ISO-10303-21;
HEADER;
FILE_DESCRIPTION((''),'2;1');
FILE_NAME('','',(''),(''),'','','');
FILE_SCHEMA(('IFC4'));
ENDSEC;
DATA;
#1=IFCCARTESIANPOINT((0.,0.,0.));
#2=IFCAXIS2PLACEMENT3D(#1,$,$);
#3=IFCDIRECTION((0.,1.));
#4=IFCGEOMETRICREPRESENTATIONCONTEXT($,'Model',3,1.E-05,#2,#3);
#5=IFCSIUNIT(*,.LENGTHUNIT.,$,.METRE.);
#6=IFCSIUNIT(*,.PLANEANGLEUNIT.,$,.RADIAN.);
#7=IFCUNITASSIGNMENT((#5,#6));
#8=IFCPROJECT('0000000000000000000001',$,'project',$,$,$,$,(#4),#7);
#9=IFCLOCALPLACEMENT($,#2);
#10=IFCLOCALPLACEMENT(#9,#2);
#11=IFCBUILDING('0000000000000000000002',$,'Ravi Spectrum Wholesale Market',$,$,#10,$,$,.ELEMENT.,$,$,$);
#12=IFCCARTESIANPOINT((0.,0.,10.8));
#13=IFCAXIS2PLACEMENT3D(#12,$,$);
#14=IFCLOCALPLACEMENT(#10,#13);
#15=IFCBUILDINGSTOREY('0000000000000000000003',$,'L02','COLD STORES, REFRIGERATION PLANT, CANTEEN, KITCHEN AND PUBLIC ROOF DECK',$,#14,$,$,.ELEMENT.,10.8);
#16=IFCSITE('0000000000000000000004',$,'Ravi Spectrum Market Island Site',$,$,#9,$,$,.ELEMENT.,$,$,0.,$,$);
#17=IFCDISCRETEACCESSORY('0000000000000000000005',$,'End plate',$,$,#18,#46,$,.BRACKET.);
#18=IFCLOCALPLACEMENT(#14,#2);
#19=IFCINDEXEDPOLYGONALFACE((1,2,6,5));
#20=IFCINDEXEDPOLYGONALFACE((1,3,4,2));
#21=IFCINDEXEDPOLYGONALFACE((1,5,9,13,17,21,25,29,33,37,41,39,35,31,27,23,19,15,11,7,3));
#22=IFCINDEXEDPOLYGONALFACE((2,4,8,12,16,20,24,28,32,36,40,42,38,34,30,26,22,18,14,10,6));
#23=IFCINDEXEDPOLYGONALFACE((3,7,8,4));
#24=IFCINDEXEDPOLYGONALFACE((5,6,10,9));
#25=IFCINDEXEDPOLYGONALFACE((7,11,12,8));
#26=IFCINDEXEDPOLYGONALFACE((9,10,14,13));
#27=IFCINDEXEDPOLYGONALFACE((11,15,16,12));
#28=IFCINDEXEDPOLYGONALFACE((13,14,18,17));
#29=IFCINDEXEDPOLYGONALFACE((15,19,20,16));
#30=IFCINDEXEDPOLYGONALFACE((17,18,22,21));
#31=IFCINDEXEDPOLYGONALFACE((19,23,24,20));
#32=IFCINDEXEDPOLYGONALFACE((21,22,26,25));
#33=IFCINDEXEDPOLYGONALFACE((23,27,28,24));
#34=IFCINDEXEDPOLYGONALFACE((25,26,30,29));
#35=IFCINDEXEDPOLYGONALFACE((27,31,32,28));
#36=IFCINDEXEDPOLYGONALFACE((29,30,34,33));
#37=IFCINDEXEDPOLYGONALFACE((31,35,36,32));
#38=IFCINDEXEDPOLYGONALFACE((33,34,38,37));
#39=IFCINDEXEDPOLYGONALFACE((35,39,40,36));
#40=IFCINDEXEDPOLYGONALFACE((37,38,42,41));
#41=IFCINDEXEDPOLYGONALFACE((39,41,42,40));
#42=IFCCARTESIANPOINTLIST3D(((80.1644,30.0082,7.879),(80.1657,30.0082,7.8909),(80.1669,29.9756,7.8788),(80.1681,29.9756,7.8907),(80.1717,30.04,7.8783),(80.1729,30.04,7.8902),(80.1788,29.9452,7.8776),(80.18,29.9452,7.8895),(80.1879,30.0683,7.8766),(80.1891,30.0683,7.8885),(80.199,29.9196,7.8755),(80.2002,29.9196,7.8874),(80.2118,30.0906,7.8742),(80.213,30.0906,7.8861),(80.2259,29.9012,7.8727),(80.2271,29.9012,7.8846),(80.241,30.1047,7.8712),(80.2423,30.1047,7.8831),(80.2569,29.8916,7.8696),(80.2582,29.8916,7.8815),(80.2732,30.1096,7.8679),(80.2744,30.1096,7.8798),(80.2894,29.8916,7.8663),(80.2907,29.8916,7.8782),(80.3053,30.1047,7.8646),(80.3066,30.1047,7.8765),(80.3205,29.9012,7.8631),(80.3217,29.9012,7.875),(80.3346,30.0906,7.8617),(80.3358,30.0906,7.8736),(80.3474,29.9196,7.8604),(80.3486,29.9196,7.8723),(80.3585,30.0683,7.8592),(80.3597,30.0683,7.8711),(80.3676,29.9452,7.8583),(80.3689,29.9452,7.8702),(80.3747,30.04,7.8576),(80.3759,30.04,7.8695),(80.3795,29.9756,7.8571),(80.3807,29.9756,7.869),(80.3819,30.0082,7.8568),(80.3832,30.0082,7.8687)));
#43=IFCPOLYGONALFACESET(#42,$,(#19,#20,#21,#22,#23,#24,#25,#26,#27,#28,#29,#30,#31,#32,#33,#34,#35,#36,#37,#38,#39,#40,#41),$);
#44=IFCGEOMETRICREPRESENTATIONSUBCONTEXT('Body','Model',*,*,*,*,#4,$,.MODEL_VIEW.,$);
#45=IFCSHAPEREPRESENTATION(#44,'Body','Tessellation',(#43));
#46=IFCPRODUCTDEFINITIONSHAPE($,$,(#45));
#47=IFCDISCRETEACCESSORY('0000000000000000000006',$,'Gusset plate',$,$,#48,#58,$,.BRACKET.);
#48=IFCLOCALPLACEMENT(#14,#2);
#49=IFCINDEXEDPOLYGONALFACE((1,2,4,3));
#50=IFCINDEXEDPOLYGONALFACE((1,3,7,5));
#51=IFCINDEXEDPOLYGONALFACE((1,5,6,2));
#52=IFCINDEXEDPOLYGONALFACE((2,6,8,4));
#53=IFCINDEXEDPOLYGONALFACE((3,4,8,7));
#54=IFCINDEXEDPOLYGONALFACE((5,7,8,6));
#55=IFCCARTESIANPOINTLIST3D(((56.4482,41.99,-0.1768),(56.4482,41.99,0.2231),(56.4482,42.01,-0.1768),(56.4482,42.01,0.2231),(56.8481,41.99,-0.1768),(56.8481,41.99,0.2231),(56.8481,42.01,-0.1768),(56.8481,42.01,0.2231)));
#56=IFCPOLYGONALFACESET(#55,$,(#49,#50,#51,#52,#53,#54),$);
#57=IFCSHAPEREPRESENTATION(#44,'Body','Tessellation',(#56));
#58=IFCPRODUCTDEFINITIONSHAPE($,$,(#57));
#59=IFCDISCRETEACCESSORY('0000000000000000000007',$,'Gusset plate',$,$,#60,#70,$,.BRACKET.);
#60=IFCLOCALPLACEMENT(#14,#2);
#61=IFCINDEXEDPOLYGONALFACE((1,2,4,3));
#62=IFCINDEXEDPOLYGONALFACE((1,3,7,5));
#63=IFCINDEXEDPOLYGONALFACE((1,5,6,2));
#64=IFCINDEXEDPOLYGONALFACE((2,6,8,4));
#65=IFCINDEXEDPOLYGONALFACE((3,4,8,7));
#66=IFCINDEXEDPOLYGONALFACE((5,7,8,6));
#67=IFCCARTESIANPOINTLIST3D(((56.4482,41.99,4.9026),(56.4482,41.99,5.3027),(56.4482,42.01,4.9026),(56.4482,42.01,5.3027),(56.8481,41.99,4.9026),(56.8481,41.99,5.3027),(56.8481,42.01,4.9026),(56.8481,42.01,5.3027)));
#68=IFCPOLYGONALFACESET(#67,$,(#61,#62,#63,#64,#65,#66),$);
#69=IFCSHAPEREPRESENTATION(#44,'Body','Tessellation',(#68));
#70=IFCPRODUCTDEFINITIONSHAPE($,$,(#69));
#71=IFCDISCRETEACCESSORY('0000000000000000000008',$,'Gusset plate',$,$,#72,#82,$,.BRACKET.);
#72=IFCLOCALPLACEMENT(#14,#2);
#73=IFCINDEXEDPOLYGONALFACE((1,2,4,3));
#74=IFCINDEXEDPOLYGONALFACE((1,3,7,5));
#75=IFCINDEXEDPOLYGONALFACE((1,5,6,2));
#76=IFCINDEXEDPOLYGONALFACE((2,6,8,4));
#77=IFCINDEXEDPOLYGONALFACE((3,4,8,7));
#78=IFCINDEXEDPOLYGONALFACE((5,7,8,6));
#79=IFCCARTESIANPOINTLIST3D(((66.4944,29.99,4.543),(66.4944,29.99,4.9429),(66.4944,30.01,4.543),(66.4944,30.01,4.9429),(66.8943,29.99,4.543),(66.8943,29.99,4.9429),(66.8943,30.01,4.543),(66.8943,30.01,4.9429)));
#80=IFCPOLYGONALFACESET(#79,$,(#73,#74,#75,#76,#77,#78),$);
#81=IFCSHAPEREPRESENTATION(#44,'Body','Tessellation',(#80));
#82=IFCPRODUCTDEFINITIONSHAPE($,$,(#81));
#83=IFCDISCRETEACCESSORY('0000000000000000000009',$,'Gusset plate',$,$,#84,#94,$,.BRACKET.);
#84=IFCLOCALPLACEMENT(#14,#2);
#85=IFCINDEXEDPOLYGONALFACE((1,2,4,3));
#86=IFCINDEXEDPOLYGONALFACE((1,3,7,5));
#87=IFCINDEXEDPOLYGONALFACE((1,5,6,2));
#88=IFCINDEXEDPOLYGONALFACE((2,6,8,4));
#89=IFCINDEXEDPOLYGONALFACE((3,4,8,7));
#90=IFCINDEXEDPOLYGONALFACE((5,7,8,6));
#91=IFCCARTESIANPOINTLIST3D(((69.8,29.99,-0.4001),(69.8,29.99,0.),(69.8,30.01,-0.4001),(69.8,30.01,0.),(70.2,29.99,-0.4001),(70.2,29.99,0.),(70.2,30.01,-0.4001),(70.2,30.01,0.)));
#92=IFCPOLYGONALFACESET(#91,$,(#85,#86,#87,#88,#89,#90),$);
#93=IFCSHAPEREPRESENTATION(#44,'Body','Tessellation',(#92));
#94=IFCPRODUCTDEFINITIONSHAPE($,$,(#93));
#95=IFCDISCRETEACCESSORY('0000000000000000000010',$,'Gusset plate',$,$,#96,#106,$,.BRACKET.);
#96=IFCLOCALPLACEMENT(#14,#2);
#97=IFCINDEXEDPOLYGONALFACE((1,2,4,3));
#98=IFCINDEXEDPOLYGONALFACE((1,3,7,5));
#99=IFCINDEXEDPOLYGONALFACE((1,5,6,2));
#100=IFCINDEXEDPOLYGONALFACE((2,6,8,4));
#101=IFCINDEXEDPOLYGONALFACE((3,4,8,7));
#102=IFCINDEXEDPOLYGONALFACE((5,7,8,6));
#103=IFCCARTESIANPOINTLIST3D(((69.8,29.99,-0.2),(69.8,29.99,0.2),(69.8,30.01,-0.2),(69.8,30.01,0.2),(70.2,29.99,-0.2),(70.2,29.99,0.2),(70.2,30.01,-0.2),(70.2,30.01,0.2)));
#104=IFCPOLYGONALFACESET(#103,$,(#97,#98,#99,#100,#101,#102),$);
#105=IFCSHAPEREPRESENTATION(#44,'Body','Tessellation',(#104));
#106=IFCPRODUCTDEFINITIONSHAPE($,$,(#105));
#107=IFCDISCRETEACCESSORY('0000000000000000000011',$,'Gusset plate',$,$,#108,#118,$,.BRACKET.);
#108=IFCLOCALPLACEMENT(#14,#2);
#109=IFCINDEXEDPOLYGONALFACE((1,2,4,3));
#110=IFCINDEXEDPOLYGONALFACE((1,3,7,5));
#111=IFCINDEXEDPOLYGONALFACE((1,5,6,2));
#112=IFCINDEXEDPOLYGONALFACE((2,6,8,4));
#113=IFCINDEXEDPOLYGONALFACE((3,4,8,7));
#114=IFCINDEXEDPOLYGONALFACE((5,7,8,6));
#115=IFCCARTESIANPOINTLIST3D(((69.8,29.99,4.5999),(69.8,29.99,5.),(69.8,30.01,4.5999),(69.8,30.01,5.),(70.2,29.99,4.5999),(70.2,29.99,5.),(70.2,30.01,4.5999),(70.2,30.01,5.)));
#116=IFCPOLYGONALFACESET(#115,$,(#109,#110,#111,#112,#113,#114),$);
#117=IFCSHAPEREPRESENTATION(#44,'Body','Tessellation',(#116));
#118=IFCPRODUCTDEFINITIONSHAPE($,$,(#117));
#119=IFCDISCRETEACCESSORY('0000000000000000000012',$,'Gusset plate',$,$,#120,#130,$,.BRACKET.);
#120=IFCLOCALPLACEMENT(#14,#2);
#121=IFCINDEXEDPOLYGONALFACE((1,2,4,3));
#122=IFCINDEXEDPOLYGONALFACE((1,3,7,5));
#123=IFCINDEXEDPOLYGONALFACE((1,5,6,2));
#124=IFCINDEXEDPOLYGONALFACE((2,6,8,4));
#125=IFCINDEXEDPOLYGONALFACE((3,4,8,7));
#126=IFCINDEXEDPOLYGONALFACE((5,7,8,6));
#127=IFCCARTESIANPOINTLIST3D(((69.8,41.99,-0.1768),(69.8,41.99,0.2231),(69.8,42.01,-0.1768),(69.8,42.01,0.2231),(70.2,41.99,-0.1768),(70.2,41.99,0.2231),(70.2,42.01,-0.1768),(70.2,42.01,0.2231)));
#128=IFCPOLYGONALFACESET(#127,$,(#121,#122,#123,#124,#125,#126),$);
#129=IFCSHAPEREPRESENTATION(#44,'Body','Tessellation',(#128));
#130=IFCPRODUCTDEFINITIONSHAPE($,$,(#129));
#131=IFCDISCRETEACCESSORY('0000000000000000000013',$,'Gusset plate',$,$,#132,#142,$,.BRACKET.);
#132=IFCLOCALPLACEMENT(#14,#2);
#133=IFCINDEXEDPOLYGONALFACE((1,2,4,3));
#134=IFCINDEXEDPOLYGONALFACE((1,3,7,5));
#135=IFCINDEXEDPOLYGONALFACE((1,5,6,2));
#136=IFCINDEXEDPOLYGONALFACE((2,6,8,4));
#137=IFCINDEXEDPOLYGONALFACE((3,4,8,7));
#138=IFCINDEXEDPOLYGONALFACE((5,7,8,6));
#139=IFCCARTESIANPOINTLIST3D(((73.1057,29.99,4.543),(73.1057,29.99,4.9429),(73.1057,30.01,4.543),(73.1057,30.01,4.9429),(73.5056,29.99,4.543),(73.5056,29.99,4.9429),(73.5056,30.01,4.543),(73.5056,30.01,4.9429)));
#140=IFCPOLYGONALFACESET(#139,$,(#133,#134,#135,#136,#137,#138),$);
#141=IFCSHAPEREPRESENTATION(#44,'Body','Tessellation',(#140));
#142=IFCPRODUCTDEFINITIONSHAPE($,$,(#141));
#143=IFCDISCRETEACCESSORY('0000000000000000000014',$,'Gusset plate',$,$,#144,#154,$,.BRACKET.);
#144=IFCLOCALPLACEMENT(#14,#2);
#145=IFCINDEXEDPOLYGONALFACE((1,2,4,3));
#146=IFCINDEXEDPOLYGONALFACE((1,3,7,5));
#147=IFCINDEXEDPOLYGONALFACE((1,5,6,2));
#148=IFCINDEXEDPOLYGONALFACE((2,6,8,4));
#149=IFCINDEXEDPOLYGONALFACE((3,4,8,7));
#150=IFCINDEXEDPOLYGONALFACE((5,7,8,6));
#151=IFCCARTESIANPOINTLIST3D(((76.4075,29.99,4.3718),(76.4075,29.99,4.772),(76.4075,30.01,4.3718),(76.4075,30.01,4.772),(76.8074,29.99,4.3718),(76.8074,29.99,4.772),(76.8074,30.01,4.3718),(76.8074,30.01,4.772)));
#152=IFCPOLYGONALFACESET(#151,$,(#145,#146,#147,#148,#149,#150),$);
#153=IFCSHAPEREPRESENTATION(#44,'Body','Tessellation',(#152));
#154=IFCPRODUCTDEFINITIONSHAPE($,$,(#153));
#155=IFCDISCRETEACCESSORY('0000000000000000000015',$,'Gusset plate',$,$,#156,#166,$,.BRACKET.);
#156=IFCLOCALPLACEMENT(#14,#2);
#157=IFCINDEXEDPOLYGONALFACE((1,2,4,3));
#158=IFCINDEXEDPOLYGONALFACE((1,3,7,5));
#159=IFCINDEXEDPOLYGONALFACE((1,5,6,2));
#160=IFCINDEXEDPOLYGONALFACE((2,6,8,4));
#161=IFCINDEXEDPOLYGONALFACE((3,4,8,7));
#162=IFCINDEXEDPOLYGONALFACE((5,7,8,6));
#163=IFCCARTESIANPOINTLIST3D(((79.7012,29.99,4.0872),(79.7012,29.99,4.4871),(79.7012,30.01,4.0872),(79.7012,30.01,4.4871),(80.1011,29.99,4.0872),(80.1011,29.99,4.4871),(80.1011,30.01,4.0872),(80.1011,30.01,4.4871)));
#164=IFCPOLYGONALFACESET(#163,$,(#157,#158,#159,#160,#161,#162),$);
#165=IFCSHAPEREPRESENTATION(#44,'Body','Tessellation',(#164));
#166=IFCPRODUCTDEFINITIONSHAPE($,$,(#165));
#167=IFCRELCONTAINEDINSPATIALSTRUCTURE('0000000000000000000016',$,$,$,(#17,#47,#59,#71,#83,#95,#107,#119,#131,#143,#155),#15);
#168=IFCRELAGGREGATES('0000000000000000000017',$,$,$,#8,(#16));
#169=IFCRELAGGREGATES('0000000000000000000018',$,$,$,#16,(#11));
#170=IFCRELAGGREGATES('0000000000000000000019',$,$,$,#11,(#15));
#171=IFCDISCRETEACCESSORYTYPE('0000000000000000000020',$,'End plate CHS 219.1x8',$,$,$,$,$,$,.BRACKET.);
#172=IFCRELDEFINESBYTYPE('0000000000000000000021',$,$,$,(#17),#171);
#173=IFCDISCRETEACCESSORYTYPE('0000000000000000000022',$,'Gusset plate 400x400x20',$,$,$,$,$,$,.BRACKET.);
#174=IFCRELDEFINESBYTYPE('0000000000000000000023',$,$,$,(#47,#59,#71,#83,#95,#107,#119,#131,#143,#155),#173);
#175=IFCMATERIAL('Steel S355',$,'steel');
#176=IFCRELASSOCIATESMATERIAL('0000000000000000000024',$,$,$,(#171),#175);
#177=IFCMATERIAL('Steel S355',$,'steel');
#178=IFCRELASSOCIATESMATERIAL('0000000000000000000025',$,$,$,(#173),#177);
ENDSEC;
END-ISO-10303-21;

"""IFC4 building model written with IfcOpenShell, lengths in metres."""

from ifc_helpers import new_model, si_unit, direction, frame, origin, origin_2d, place, context, subcontext, project, spatial, rectangle, circle, extrude, material, material_profile, profile_set, type_object, element, save


model = new_model("IFC4")

# Units and contexts
model_context = context("Model", 3, precision=1e-05, world=origin(), true_north=direction((0.0, 1.0)))
body_context = subcontext(model_context, "Body", "Model", "MODEL_VIEW")
ifc_project = project(units=[si_unit("LENGTHUNIT", "METRE"), si_unit("PLANEANGLEUNIT", "RADIAN")], contexts=[model_context])

# Site, building, storey
site_placement = place(None, origin())
site = spatial("IfcSite", under=ifc_project, at=site_placement, Name="Ravi Spectrum Market Island Site", CompositionType="ELEMENT", RefElevation=0.0)
building_placement = place(site_placement, origin())
building = spatial("IfcBuilding", under=site, at=building_placement, Name="Ravi Spectrum Wholesale Market", CompositionType="ELEMENT")
storey_placement = place(building_placement, frame((0.0, 0.0, 10.8)))
storey = spatial("IfcBuildingStorey", under=building, at=storey_placement, Name="L02", Description="COLD STORES, REFRIGERATION PLANT, CANTEEN, KITCHEN AND PUBLIC ROOF DECK", CompositionType="ELEMENT", Elevation=10.8)

# Discrete accessories
ifc_material_1 = material(Name="Steel S355", Category="steel")
ifc_material_profile_1 = material_profile(ifc_material_1, circle(Radius=0.1096, at=origin_2d()))
ifc_profile_set_1 = profile_set([ifc_material_profile_1], Name="Steel S355")
discrete_accessory_type_1 = type_object("IfcDiscreteAccessoryType", Name="End plate CHS 219.1x8", PredefinedType="BRACKET", material=ifc_profile_set_1)
for number, where, z_axis, x_axis, name in (
    (1, (80.2732, 30.0, 7.8679), (0.101514, 0.0, 0.994834), (0.0, 1.0, 0.0), "End plate"),
):
    element("IfcDiscreteAccessory", number, at=place(storey_placement, frame(where, z_axis=z_axis, x_axis=x_axis)), inside=storey, type_object=discrete_accessory_type_1, Name=name, PredefinedType="BRACKET", context=body_context, shape_type="SweptSolid", body=[
        extrude(circle(Radius=0.1096, at=origin_2d()), origin(), (0.0, 0.0, 1.0), 0.012),
    ])
ifc_material_2 = material(Name="Steel S355", Category="steel")
ifc_material_profile_2 = material_profile(ifc_material_2, rectangle(XDim=0.3999, YDim=0.02, at=origin_2d()))
ifc_profile_set_2 = profile_set([ifc_material_profile_2], Name="Steel S355")
discrete_accessory_type_2 = type_object("IfcDiscreteAccessoryType", Name="Gusset plate 400x400x20", PredefinedType="BRACKET", material=ifc_profile_set_2)
discrete_accessory_1_placement = place(storey_placement, frame((56.6482, 42.0, -0.1768), z_axis=(0.0, 0.0, 1.0), x_axis=(1.0, 0.0, 0.0)))
element("IfcDiscreteAccessory", 2, at=discrete_accessory_1_placement, inside=storey, type_object=discrete_accessory_type_2, Name="Gusset plate", PredefinedType="BRACKET", context=body_context, shape_type="SweptSolid", body=[
    extrude(rectangle(XDim=0.3999, YDim=0.02, at=origin_2d()), origin(), (0.0, 0.0, 1.0), 0.3999),
])
discrete_accessory_2_placement = place(storey_placement, frame((56.6482, 42.0, 4.9026), z_axis=(0.0, 0.0, 1.0), x_axis=(1.0, 0.0, 0.0)))
element("IfcDiscreteAccessory", 3, at=discrete_accessory_2_placement, inside=storey, type_object=discrete_accessory_type_2, Name="Gusset plate", PredefinedType="BRACKET", context=body_context, shape_type="SweptSolid", body=[
    extrude(rectangle(XDim=0.3999, YDim=0.02, at=origin_2d()), origin(), (0.0, 0.0, 1.0), 0.4001),
])
discrete_accessory_3_placement = place(storey_placement, frame((66.6943, 30.0, 4.543), z_axis=(0.0, 0.0, 1.0), x_axis=(1.0, 0.0, 0.0)))
element("IfcDiscreteAccessory", 4, at=discrete_accessory_3_placement, inside=storey, type_object=discrete_accessory_type_2, Name="Gusset plate", PredefinedType="BRACKET", context=body_context, shape_type="SweptSolid", body=[
    extrude(rectangle(XDim=0.3999, YDim=0.02, at=origin_2d()), origin(), (0.0, 0.0, 1.0), 0.3999),
])
discrete_accessory_4_placement = place(storey_placement, frame((70.0, 30.0, -0.4001), z_axis=(0.0, 0.0, 1.0), x_axis=(1.0, 0.0, 0.0)))
element("IfcDiscreteAccessory", 5, at=discrete_accessory_4_placement, inside=storey, type_object=discrete_accessory_type_2, Name="Gusset plate", PredefinedType="BRACKET", context=body_context, shape_type="SweptSolid", body=[
    extrude(rectangle(XDim=0.3999, YDim=0.02, at=origin_2d()), origin(), (0.0, 0.0, 1.0), 0.4001),
])
discrete_accessory_5_placement = place(storey_placement, frame((70.0, 30.0, -0.2), z_axis=(0.0, 0.0, 1.0), x_axis=(1.0, 0.0, 0.0)))
element("IfcDiscreteAccessory", 6, at=discrete_accessory_5_placement, inside=storey, type_object=discrete_accessory_type_2, Name="Gusset plate", PredefinedType="BRACKET", context=body_context, shape_type="SweptSolid", body=[
    extrude(rectangle(XDim=0.3999, YDim=0.02, at=origin_2d()), origin(), (0.0, 0.0, 1.0), 0.3999),
])
discrete_accessory_6_placement = place(storey_placement, frame((70.0, 30.0, 4.5999), z_axis=(0.0, 0.0, 1.0), x_axis=(1.0, 0.0, 0.0)))
element("IfcDiscreteAccessory", 7, at=discrete_accessory_6_placement, inside=storey, type_object=discrete_accessory_type_2, Name="Gusset plate", PredefinedType="BRACKET", context=body_context, shape_type="SweptSolid", body=[
    extrude(rectangle(XDim=0.3999, YDim=0.02, at=origin_2d()), origin(), (0.0, 0.0, 1.0), 0.4001),
])
for number, where, z_axis, x_axis, name in (
    (8, (70.0, 42.0, -0.1768), (0.0, 0.0, 1.0), (1.0, 0.0, 0.0), "Gusset plate"),
    (9, (73.3057, 30.0, 4.543), (0.0, 0.0, 1.0), (-1.0, 0.0, 0.0), "Gusset plate"),
):
    element("IfcDiscreteAccessory", number, at=place(storey_placement, frame(where, z_axis=z_axis, x_axis=x_axis)), inside=storey, type_object=discrete_accessory_type_2, Name=name, PredefinedType="BRACKET", context=body_context, shape_type="SweptSolid", body=[
        extrude(rectangle(XDim=0.3999, YDim=0.02, at=origin_2d()), origin(), (0.0, 0.0, 1.0), 0.3999),
    ])
discrete_accessory_7_placement = place(storey_placement, frame((76.6074, 30.0, 4.3718), z_axis=(0.0, 0.0, 1.0), x_axis=(-1.0, 0.0, 0.0)))
element("IfcDiscreteAccessory", 10, at=discrete_accessory_7_placement, inside=storey, type_object=discrete_accessory_type_2, Name="Gusset plate", PredefinedType="BRACKET", context=body_context, shape_type="SweptSolid", body=[
    extrude(rectangle(XDim=0.3999, YDim=0.02, at=origin_2d()), origin(), (0.0, 0.0, 1.0), 0.4001),
])
discrete_accessory_8_placement = place(storey_placement, frame((79.9011, 30.0, 4.0872), z_axis=(0.0, 0.0, 1.0), x_axis=(-1.0, 0.0, 0.0)))
element("IfcDiscreteAccessory", 11, at=discrete_accessory_8_placement, inside=storey, type_object=discrete_accessory_type_2, Name="Gusset plate", PredefinedType="BRACKET", context=body_context, shape_type="SweptSolid", body=[
    extrude(rectangle(XDim=0.3999, YDim=0.02, at=origin_2d()), origin(), (0.0, 0.0, 1.0), 0.3999),
])

save(model, "model.ifc")
